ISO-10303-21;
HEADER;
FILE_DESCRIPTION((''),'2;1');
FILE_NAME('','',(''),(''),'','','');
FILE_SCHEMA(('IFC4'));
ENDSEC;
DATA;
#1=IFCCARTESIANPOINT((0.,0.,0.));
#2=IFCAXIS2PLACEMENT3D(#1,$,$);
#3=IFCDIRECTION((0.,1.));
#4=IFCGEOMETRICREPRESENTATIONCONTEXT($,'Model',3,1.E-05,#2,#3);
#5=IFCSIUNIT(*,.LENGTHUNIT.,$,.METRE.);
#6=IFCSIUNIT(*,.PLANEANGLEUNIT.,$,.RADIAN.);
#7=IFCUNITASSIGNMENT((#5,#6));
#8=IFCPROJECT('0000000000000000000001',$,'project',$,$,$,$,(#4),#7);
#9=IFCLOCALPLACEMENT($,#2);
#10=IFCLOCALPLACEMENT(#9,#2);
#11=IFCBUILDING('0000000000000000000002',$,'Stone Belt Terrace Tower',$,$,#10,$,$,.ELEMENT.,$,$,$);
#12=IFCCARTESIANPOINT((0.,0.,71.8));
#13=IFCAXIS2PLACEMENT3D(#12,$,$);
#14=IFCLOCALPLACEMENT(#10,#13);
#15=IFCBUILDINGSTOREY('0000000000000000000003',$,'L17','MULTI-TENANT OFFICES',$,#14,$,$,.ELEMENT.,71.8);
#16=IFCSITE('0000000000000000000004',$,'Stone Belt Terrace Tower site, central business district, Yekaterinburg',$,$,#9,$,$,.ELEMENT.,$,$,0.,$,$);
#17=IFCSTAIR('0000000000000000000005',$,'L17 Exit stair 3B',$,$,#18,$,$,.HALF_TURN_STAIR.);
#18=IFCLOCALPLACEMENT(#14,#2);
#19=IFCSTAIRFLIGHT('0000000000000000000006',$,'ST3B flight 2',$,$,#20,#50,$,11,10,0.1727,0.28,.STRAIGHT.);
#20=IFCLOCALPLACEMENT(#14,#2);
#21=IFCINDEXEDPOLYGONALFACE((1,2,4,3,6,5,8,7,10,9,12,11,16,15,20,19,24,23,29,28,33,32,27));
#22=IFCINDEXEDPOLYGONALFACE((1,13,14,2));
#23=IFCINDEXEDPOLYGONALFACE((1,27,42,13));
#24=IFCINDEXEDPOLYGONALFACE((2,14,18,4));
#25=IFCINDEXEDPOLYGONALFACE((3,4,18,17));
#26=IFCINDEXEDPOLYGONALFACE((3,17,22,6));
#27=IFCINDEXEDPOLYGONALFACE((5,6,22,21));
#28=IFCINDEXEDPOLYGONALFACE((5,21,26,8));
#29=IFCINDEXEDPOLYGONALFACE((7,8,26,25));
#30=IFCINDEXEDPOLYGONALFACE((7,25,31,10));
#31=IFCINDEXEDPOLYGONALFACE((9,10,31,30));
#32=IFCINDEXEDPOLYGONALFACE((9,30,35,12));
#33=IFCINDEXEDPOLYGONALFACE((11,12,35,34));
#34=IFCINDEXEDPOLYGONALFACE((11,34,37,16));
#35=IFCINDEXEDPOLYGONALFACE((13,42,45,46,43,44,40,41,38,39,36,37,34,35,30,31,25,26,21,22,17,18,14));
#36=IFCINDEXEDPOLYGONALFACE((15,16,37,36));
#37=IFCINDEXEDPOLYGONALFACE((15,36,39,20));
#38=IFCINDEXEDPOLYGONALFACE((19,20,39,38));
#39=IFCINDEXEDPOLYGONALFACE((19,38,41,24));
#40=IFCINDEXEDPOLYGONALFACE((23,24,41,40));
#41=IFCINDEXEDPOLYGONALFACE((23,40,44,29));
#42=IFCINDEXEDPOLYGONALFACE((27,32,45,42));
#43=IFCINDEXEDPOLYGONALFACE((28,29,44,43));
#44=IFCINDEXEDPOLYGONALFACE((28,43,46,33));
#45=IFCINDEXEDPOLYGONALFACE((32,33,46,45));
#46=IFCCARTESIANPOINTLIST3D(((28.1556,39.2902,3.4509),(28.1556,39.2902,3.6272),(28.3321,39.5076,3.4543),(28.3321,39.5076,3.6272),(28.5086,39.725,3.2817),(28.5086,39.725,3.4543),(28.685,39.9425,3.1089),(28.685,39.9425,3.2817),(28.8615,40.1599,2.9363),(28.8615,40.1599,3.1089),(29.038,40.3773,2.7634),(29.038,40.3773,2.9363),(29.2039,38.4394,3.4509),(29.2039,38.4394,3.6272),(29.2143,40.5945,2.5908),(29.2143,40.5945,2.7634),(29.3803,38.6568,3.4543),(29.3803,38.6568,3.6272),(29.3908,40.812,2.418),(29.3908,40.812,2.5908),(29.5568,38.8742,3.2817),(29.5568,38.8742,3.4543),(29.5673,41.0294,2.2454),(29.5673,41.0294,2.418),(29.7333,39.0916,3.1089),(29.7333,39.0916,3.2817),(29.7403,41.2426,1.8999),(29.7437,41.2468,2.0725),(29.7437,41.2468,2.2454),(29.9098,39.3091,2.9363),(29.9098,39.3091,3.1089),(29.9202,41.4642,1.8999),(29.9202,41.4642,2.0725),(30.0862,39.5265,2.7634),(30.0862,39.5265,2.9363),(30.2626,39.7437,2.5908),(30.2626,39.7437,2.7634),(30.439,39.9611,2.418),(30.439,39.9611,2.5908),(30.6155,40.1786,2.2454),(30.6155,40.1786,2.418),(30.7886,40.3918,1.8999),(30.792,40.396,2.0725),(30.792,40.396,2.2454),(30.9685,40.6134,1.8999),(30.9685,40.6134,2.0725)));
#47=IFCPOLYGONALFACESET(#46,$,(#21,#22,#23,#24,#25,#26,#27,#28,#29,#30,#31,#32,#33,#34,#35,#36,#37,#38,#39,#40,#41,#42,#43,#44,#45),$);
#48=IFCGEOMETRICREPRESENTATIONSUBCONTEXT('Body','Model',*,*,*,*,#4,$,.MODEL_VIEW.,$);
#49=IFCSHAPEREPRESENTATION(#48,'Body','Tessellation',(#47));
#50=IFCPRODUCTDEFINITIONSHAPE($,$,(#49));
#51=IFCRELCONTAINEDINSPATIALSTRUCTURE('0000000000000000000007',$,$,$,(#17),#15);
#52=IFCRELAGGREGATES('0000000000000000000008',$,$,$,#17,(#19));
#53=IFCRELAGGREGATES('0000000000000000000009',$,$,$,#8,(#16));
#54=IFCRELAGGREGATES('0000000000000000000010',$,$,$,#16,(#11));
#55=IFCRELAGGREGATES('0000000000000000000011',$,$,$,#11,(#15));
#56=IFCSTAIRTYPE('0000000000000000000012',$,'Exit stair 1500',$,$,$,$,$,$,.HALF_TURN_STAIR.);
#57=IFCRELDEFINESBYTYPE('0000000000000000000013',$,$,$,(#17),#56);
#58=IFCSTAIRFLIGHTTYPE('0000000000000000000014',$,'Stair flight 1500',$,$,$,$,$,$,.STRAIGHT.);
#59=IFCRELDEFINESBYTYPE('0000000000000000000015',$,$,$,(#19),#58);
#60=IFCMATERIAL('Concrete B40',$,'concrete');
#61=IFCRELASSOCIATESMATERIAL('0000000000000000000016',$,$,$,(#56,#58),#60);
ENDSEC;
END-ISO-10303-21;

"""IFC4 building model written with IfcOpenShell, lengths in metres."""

from ifc_helpers import new_model, si_unit, direction, frame, origin, place, context, subcontext, project, spatial, polyline, outline, extrude, material, type_object, element, aggregate, save


model = new_model("IFC4")

# Units and contexts
model_context = context("Model", 3, precision=1e-05, world=origin(), true_north=direction((0.0, 1.0)))
body_context = subcontext(model_context, "Body", "Model", "MODEL_VIEW")
ifc_project = project(units=[si_unit("LENGTHUNIT", "METRE"), si_unit("PLANEANGLEUNIT", "RADIAN")], contexts=[model_context])

# Site, building, storey
site_placement = place(None, origin())
site = spatial("IfcSite", under=ifc_project, at=site_placement, Name="Stone Belt Terrace Tower site, central business district, Yekaterinburg", CompositionType="ELEMENT", RefElevation=0.0)
building_placement = place(site_placement, origin())
building = spatial("IfcBuilding", under=site, at=building_placement, Name="Stone Belt Terrace Tower", CompositionType="ELEMENT")
storey_placement = place(building_placement, frame((0.0, 0.0, 71.8)))
storey = spatial("IfcBuildingStorey", under=building, at=storey_placement, Name="L17", Description="MULTI-TENANT OFFICES", CompositionType="ELEMENT", Elevation=71.8)

# Stair, stair flight
ifc_material_1 = material(Name="Concrete B40", Category="concrete")
stair_type = type_object("IfcStairType", Name="Exit stair 1500", PredefinedType="HALF_TURN_STAIR", material=ifc_material_1)
stair_placement = place(storey_placement, origin())
stair = element("IfcStair", 1, at=stair_placement, inside=storey, type_object=stair_type, Name="L17 Exit stair 3B", PredefinedType="HALF_TURN_STAIR")
stair_flight_type = type_object("IfcStairFlightType", Name="Stair flight 1500", PredefinedType="STRAIGHT", material=ifc_material_1)
stair_flight_1_placement = place(storey_placement, frame((30.4443, 41.0388, 1.8999), z_axis=(0.0, 0.0, 1.0), x_axis=(-0.630206, -0.776428, 0.0)))
stair_flight_1 = element("IfcStairFlight", 2, at=stair_flight_1_placement, type_object=stair_flight_type, Name="ST3B flight 2", NumberOfRisers=11, NumberOfTreads=10, PredefinedType="STRAIGHT", RiserHeight=0.1727, TreadLength=0.28, context=body_context, shape_type="SweptSolid", body=[
    extrude(outline(polyline([(0.0, 0.0), (0.0, 0.1726), (0.28, 0.1726), (0.28, 0.3455), (0.5601, 0.3455), (0.5601, 0.5181), (0.8401, 0.5181), (0.8401, 0.6909), (1.1201, 0.6909), (1.1201, 0.8635), (1.3999, 0.8635), (1.3999, 1.0364), (1.6799, 1.0364), (1.6799, 1.209), (1.96, 1.209), (1.96, 1.3818), (2.24, 1.3818), (2.24, 1.5544), (2.52, 1.5544), (2.52, 1.7273), (2.8, 1.7273), (2.8, 1.8999), (2.8, 1.551), (0.2854, 0.0), (0.0, 0.0)])), frame((0.0, 0.675, 0.0), z_axis=(0.0, -1.0, 0.0), x_axis=(1.0, 0.0, 0.0)), (0.0, 0.0, 1.0), 1.3501),
])
aggregate(stair, [stair_flight_1])

save(model, "model.ifc")
